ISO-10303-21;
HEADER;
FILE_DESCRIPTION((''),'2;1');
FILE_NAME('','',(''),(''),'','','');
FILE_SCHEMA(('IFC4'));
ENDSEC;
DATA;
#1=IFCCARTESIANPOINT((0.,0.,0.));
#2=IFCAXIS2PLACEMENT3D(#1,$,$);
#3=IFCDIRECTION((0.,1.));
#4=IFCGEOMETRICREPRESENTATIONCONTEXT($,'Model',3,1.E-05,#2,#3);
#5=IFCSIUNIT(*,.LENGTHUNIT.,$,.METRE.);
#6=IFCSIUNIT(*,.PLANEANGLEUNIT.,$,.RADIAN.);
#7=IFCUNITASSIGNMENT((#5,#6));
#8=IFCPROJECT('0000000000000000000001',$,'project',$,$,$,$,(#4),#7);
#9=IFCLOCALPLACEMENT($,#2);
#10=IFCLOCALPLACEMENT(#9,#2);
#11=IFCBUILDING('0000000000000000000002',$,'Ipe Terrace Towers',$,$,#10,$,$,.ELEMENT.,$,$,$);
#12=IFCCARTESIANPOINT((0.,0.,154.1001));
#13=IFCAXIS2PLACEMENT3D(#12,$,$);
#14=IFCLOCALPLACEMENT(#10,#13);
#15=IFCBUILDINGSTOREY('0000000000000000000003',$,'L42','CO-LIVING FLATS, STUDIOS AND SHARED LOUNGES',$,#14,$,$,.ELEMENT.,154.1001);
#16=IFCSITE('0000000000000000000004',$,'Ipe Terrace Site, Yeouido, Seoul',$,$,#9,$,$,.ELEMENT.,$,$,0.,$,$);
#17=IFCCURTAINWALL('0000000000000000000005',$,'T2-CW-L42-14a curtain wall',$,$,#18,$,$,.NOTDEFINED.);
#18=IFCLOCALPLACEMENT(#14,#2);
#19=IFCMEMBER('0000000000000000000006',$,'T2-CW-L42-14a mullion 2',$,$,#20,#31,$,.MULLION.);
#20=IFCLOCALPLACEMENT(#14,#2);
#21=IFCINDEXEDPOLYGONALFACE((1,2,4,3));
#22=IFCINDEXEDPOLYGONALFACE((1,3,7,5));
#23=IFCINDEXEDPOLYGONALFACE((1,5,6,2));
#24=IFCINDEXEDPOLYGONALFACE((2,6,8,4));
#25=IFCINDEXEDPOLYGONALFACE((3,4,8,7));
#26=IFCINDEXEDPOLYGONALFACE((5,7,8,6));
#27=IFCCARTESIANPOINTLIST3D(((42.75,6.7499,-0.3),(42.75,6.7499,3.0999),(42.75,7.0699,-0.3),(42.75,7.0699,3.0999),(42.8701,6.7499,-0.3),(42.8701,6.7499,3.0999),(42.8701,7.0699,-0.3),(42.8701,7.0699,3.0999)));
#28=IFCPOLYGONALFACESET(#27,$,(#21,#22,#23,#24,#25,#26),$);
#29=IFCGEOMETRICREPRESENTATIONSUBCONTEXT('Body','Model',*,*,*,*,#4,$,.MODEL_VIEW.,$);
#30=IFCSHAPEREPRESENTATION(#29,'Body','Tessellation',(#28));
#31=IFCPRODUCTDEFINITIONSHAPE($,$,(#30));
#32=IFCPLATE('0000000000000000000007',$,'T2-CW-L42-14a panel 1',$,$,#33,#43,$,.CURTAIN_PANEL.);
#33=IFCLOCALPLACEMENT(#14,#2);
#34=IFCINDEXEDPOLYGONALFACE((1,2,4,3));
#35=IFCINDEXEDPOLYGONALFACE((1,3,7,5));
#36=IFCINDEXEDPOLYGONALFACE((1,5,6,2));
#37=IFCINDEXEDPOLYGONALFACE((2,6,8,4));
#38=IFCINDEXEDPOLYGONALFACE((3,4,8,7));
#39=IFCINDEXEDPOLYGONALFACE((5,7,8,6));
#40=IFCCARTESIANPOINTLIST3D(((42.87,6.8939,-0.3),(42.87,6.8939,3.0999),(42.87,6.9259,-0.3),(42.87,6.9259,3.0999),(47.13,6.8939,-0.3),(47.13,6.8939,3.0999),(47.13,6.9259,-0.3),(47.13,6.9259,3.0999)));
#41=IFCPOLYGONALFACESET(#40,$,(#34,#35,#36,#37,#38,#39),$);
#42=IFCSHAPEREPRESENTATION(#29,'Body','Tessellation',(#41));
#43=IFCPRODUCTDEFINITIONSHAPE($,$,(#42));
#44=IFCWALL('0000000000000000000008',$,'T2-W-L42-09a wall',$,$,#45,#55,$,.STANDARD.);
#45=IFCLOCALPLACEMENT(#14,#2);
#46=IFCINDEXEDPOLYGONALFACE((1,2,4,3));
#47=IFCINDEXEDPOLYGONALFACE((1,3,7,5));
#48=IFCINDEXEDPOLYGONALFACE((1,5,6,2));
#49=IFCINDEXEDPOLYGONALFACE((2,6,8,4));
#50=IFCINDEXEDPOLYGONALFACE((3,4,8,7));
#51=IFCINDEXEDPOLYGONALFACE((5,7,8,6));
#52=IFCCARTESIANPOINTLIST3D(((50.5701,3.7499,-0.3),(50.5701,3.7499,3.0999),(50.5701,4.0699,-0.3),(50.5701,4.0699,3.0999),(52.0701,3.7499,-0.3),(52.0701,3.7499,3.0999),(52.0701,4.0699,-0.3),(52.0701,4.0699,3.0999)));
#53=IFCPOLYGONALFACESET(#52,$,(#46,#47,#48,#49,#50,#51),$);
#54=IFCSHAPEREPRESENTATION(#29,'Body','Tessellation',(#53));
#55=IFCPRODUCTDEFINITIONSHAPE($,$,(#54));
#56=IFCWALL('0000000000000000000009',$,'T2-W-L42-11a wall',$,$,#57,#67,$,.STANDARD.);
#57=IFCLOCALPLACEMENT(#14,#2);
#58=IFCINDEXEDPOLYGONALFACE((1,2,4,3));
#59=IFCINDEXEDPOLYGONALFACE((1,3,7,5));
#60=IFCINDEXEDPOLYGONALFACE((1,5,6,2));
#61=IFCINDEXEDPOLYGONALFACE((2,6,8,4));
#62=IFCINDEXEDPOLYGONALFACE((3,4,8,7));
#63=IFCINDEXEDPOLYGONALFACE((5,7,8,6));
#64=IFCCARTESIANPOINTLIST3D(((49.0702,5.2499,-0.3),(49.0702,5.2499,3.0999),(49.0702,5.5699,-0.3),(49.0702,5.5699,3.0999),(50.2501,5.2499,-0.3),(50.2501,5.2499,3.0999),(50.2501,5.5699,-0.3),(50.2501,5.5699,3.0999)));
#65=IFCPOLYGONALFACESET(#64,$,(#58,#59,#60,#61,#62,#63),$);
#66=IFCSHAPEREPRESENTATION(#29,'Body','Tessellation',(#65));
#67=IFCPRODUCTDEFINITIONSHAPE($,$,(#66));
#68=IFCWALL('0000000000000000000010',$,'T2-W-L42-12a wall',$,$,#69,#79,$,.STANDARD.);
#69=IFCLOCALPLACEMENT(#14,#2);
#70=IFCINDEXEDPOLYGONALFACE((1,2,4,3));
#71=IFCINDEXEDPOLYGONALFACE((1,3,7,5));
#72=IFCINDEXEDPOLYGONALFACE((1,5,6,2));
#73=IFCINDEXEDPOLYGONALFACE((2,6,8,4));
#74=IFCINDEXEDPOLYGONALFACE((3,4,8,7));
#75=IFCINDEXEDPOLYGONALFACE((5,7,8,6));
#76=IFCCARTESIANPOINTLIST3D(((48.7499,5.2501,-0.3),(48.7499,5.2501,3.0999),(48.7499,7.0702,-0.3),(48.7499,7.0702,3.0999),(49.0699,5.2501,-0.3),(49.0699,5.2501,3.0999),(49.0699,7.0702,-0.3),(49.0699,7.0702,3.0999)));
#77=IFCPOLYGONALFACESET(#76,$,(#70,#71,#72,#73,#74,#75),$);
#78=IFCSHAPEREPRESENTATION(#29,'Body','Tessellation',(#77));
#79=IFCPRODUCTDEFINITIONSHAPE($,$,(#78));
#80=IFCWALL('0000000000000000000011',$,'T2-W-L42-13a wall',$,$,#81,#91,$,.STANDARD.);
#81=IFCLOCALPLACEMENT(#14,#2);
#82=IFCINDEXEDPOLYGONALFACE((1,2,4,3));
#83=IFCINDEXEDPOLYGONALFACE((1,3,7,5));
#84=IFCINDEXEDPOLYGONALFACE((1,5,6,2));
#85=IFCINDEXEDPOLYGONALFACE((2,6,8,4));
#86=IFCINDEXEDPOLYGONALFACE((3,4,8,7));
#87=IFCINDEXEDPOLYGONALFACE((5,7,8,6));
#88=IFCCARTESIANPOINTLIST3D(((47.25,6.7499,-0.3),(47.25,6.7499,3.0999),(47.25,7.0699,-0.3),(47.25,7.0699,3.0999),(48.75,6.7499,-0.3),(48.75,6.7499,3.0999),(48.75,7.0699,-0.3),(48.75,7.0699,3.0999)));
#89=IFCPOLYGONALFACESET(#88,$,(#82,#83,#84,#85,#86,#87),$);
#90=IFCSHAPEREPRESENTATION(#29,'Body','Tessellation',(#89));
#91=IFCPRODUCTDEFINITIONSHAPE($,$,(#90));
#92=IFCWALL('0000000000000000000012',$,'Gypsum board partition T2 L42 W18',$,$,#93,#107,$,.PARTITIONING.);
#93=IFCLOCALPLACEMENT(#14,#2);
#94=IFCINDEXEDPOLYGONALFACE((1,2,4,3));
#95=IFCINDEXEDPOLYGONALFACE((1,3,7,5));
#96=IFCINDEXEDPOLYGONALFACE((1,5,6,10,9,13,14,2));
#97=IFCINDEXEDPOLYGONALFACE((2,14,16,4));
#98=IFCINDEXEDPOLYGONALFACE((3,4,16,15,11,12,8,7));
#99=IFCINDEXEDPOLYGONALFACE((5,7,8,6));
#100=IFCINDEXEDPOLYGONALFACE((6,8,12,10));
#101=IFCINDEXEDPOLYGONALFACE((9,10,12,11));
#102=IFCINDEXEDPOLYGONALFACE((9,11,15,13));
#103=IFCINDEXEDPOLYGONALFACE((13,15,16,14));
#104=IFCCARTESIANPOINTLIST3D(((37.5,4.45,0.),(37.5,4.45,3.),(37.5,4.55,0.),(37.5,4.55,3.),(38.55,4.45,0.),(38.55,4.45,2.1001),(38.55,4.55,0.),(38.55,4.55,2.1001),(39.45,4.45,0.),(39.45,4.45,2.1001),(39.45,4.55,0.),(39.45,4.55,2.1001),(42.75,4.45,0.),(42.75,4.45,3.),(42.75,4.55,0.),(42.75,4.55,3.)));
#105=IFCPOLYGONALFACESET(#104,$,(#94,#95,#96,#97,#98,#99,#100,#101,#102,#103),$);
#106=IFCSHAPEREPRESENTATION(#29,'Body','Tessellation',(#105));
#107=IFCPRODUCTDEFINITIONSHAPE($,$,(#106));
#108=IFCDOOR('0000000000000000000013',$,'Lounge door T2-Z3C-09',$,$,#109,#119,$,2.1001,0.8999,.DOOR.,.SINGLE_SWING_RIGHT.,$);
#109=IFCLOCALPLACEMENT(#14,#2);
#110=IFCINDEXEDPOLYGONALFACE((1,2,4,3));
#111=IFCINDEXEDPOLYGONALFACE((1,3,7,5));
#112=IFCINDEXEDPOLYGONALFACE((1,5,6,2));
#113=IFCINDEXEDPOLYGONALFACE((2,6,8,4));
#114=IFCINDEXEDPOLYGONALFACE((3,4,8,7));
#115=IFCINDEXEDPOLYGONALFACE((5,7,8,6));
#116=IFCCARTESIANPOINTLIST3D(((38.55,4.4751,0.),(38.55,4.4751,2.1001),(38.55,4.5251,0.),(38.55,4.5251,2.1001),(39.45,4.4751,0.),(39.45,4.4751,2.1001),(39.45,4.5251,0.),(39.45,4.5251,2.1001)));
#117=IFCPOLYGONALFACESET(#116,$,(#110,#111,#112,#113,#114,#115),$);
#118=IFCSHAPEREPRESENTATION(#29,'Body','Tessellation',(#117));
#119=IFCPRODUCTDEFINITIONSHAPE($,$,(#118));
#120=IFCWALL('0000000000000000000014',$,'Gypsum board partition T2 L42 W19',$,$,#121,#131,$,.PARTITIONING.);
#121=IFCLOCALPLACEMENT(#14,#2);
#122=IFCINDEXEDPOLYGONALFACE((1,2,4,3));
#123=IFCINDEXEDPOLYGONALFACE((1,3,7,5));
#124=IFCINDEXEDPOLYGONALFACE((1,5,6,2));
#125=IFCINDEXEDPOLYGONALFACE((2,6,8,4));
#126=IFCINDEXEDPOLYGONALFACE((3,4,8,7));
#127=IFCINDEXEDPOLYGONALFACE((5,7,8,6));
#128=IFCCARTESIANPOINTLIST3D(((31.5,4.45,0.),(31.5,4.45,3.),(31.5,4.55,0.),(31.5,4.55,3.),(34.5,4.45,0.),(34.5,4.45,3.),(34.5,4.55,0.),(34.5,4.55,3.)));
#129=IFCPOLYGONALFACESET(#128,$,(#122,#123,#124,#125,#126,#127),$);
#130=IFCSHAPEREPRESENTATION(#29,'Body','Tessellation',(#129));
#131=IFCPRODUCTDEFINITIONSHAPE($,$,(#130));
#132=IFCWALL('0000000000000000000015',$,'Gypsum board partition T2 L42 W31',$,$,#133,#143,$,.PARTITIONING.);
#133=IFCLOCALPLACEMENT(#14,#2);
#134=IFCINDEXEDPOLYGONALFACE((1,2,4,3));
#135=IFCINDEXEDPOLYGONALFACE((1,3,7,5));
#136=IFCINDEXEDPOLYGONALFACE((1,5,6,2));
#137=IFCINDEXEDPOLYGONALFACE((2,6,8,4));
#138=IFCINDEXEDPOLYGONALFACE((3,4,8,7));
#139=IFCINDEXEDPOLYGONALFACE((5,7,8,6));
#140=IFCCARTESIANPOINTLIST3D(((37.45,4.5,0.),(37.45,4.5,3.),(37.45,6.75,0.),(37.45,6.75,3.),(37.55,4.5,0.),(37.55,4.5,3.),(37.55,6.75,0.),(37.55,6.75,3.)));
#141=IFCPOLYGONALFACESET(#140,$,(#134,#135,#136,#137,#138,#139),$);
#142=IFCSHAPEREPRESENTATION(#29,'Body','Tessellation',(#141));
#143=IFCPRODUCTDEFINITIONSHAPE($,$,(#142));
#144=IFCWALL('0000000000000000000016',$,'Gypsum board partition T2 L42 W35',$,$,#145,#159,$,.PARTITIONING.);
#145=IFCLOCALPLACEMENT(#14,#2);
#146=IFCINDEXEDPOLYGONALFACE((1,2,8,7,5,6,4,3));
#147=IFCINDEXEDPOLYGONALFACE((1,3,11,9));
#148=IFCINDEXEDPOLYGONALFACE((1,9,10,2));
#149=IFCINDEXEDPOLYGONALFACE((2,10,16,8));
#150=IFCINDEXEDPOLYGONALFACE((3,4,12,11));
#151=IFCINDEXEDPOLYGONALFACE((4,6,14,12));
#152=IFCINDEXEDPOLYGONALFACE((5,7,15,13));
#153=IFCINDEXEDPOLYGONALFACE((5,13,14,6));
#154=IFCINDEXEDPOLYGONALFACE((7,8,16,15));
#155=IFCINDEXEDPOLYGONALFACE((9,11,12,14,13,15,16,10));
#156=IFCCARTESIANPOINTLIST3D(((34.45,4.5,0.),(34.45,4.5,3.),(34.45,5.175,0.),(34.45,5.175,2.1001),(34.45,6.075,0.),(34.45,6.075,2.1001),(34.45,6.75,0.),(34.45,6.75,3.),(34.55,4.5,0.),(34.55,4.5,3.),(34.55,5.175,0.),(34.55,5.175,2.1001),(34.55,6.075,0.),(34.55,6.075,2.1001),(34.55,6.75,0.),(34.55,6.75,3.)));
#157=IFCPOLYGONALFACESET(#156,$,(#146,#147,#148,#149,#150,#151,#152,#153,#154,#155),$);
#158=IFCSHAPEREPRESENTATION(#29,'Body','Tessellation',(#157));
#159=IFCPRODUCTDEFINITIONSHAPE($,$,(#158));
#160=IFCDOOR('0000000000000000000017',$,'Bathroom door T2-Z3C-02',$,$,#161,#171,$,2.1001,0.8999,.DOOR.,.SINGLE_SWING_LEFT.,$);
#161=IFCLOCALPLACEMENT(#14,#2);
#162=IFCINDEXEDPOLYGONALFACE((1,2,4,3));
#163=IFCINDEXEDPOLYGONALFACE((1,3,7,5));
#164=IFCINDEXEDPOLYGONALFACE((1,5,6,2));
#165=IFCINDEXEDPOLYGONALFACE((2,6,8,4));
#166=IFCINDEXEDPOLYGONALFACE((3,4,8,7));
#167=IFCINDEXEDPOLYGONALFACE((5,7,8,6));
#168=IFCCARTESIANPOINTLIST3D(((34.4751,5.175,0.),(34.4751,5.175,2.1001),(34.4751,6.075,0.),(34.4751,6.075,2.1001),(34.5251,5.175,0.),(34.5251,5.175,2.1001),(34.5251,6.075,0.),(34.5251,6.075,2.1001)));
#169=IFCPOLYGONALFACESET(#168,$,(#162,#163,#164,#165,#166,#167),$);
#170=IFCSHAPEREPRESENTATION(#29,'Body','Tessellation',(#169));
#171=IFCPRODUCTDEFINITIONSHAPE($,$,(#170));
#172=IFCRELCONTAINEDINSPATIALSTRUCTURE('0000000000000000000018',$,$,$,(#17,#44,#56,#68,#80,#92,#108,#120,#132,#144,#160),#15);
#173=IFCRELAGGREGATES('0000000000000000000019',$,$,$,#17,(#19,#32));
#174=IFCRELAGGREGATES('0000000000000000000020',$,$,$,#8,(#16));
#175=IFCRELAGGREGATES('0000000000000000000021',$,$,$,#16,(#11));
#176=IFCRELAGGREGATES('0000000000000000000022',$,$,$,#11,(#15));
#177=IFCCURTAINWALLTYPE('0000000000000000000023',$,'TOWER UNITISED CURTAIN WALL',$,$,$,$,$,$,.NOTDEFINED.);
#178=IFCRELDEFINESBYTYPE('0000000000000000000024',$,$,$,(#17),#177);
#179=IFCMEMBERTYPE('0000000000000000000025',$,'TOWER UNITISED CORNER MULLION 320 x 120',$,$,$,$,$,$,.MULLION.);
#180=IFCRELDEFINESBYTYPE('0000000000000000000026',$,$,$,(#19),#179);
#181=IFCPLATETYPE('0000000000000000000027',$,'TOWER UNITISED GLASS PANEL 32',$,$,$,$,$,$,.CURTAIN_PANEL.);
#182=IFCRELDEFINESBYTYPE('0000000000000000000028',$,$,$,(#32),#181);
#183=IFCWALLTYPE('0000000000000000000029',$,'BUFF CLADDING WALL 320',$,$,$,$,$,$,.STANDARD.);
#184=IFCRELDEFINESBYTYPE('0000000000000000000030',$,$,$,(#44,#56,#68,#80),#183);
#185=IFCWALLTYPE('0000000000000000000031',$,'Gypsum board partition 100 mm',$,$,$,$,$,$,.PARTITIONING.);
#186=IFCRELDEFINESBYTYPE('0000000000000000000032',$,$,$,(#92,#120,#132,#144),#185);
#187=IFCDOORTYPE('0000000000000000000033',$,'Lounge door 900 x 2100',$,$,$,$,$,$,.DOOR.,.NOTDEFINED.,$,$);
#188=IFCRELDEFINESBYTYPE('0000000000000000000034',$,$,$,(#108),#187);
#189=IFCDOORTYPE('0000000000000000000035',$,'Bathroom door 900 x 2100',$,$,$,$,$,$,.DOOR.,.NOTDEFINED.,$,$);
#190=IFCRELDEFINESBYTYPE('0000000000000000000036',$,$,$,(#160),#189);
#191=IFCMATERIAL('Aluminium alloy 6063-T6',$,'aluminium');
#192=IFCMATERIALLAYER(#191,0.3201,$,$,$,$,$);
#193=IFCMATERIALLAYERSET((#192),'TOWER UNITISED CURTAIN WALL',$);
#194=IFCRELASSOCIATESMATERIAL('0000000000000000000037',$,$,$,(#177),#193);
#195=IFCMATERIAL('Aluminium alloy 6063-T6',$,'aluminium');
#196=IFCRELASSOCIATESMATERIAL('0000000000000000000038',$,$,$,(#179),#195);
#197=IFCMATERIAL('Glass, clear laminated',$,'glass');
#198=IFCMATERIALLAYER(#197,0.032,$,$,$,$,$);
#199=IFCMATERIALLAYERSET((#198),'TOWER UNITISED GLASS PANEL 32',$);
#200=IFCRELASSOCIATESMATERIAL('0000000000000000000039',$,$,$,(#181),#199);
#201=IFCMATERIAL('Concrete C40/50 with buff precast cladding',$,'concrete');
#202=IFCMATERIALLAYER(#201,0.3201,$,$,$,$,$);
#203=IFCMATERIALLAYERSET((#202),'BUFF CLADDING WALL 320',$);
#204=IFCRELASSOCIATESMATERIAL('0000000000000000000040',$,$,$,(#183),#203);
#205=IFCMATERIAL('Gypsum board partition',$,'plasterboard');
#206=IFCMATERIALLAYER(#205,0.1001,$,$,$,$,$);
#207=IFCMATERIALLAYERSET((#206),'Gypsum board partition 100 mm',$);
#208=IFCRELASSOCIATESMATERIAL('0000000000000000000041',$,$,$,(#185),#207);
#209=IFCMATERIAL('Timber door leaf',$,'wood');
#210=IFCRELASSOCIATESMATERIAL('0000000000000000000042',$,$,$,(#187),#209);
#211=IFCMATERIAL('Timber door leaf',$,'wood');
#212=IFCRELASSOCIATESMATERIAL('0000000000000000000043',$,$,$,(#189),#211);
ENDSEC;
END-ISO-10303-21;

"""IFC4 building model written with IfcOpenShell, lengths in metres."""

from ifc_helpers import new_model, si_unit, direction, frame, frame_2d, origin, origin_2d, place, context, subcontext, project, spatial, rectangle, extrude, material, layer, layer_set, material_profile, profile_set, type_object, element, fill, aggregate, save


model = new_model("IFC4")

# Units and contexts
model_context = context("Model", 3, precision=1e-05, world=origin(), true_north=direction((0.0, 1.0)))
body_context = subcontext(model_context, "Body", "Model", "MODEL_VIEW")
ifc_project = project(units=[si_unit("LENGTHUNIT", "METRE"), si_unit("PLANEANGLEUNIT", "RADIAN")], contexts=[model_context])

# Site, building, storey
site_placement = place(None, origin())
site = spatial("IfcSite", under=ifc_project, at=site_placement, Name="Ipe Terrace Site, Yeouido, Seoul", CompositionType="ELEMENT", RefElevation=0.0)
building_placement = place(site_placement, origin())
building = spatial("IfcBuilding", under=site, at=building_placement, Name="Ipe Terrace Towers", CompositionType="ELEMENT")
storey_placement = place(building_placement, frame((0.0, 0.0, 154.1001)))
storey = spatial("IfcBuildingStorey", under=building, at=storey_placement, Name="L42", Description="CO-LIVING FLATS, STUDIOS AND SHARED LOUNGES", CompositionType="ELEMENT", Elevation=154.1001)

# Curtain wall, member, plate
ifc_material_1 = material(Name="Aluminium alloy 6063-T6", Category="aluminium")
ifc_layer_1 = layer(ifc_material_1, 0.3201)
ifc_layer_set_1 = layer_set([ifc_layer_1], Name="TOWER UNITISED CURTAIN WALL")
curtain_wall_type = type_object("IfcCurtainWallType", Name="TOWER UNITISED CURTAIN WALL", PredefinedType="NOTDEFINED", material=ifc_layer_set_1)
curtain_wall_placement = place(storey_placement, origin())
curtain_wall = element("IfcCurtainWall", 1, at=curtain_wall_placement, inside=storey, type_object=curtain_wall_type, Name="T2-CW-L42-14a curtain wall", PredefinedType="NOTDEFINED")
ifc_material_2 = material(Name="Aluminium alloy 6063-T6", Category="aluminium")
ifc_material_profile_1 = material_profile(ifc_material_2, rectangle(XDim=0.3201, YDim=0.1201, at=origin_2d()), Name="TOWER UNITISED CORNER MULLION 320 x 120")
ifc_profile_set_1 = profile_set([ifc_material_profile_1], Name="Aluminium alloy 6063-T6")
member_type = type_object("IfcMemberType", Name="TOWER UNITISED CORNER MULLION 320 x 120", PredefinedType="MULLION", material=ifc_profile_set_1)
member_1_placement = place(storey_placement, frame((42.8101, 6.9099, -0.3), z_axis=(0.0, 0.0, 1.0), x_axis=(0.0, 1.0, 0.0)))
member_1 = element("IfcMember", 2, at=member_1_placement, type_object=member_type, Name="T2-CW-L42-14a mullion 2", PredefinedType="MULLION", context=body_context, shape_type="SweptSolid", body=[
    extrude(rectangle(XDim=0.3201, YDim=0.1201, at=origin_2d()), origin(), (0.0, 0.0, 1.0), 3.3999),
])
ifc_material_3 = material(Name="Glass, clear laminated", Category="glass")
ifc_layer_2 = layer(ifc_material_3, 0.032)
ifc_layer_set_2 = layer_set([ifc_layer_2], Name="TOWER UNITISED GLASS PANEL 32")
plate_type = type_object("IfcPlateType", Name="TOWER UNITISED GLASS PANEL 32", PredefinedType="CURTAIN_PANEL", material=ifc_layer_set_2)
plate_placement = place(storey_placement, frame((45.0, 6.9099, -0.3), z_axis=(0.0, 0.0, 1.0), x_axis=(-1.0, 0.0, 0.0)))
plate = element("IfcPlate", 3, at=plate_placement, type_object=plate_type, Name="T2-CW-L42-14a panel 1", PredefinedType="CURTAIN_PANEL", context=body_context, shape_type="SweptSolid", body=[
    extrude(rectangle(XDim=4.26, YDim=0.032, at=origin_2d()), origin(), (0.0, 0.0, 1.0), 3.3999),
])
aggregate(curtain_wall, [member_1, plate])

# Walls
ifc_material_4 = material(Name="Concrete C40/50 with buff precast cladding", Category="concrete")
ifc_layer_3 = layer(ifc_material_4, 0.3201)
ifc_layer_set_3 = layer_set([ifc_layer_3], Name="BUFF CLADDING WALL 320")
wall_type_1 = type_object("IfcWallType", Name="BUFF CLADDING WALL 320", PredefinedType="STANDARD", material=ifc_layer_set_3)
wall_1_placement = place(storey_placement, frame((52.0701, 3.9099, -0.3), z_axis=(0.0, 0.0, 1.0), x_axis=(-1.0, 0.0, 0.0)))
element("IfcWall", 4, at=wall_1_placement, inside=storey, type_object=wall_type_1, Name="T2-W-L42-09a wall", PredefinedType="STANDARD", context=body_context, shape_type="SweptSolid", body=[
    extrude(rectangle(XDim=1.5, YDim=0.3201, at=frame_2d((0.75, 0.0))), origin(), (0.0, 0.0, 1.0), 3.3999),
])
wall_2_placement = place(storey_placement, frame((50.25, 5.4099, -0.3), z_axis=(0.0, 0.0, 1.0), x_axis=(-1.0, 0.0, 0.0)))
element("IfcWall", 5, at=wall_2_placement, inside=storey, type_object=wall_type_1, Name="T2-W-L42-11a wall", PredefinedType="STANDARD", context=body_context, shape_type="SweptSolid", body=[
    extrude(rectangle(XDim=1.1799, YDim=0.3201, at=frame_2d((0.5898, 0.0))), origin(), (0.0, 0.0, 1.0), 3.3999),
])
wall_3_placement = place(storey_placement, frame((48.9099, 5.25, -0.3), z_axis=(0.0, 0.0, 1.0), x_axis=(0.0, 1.0, 0.0)))
element("IfcWall", 6, at=wall_3_placement, inside=storey, type_object=wall_type_1, Name="T2-W-L42-12a wall", PredefinedType="STANDARD", context=body_context, shape_type="SweptSolid", body=[
    extrude(rectangle(XDim=1.8201, YDim=0.3201, at=frame_2d((0.9102, 0.0))), origin(), (0.0, 0.0, 1.0), 3.3999),
])
wall_4_placement = place(storey_placement, frame((48.75, 6.9099, -0.3), z_axis=(0.0, 0.0, 1.0), x_axis=(-1.0, 0.0, 0.0)))
element("IfcWall", 7, at=wall_4_placement, inside=storey, type_object=wall_type_1, Name="T2-W-L42-13a wall", PredefinedType="STANDARD", context=body_context, shape_type="SweptSolid", body=[
    extrude(rectangle(XDim=1.5, YDim=0.3201, at=frame_2d((0.75, 0.0))), origin(), (0.0, 0.0, 1.0), 3.3999),
])

# Wall, opening, door
ifc_material_5 = material(Name="Gypsum board partition", Category="plasterboard")
ifc_layer_4 = layer(ifc_material_5, 0.1001)
ifc_layer_set_4 = layer_set([ifc_layer_4], Name="Gypsum board partition 100 mm")
wall_type_2 = type_object("IfcWallType", Name="Gypsum board partition 100 mm", PredefinedType="PARTITIONING", material=ifc_layer_set_4)
wall_5_placement = place(storey_placement, frame((42.75, 4.5, 0.0), z_axis=(0.0, 0.0, 1.0), x_axis=(-1.0, 0.0, 0.0)))
wall_5 = element("IfcWall", 8, at=wall_5_placement, inside=storey, type_object=wall_type_2, Name="Gypsum board partition T2 L42 W18", PredefinedType="PARTITIONING", context=body_context, shape_type="SweptSolid", body=[
    extrude(rectangle(XDim=5.25, YDim=0.1001, at=frame_2d((2.625, 0.0))), origin(), (0.0, 0.0, 1.0), 3.0),
])
opening_1_placement = place(wall_5_placement, frame((3.3, 0.0, 0.0)))
opening_1 = element("IfcOpeningElement", 9, at=opening_1_placement, cuts=wall_5, PredefinedType="OPENING", context=body_context, shape_type="SweptSolid", body=[
    extrude(rectangle(XDim=0.8999, YDim=2.1001, at=frame_2d((0.45, 1.05))), frame((0.0, 0.0601, 0.0), z_axis=(0.0, -1.0, 0.0), x_axis=(1.0, 0.0, 0.0)), (0.0, 0.0, 1.0), 0.1201),
])
ifc_material_6 = material(Name="Timber door leaf", Category="wood")
door_type_1 = type_object("IfcDoorType", Name="Lounge door 900 x 2100", OperationType="NOTDEFINED", PredefinedType="DOOR", material=ifc_material_6)
door_1_placement = place(opening_1_placement, origin())
door_1 = element("IfcDoor", 10, at=door_1_placement, inside=storey, type_object=door_type_1, Name="Lounge door T2-Z3C-09", OperationType="SINGLE_SWING_RIGHT", OverallHeight=2.1001, OverallWidth=0.8999, PredefinedType="DOOR", context=body_context, shape_type="SweptSolid", body=[
    extrude(rectangle(XDim=0.8999, YDim=2.1001, at=frame_2d((0.45, 1.05))), frame((0.0, 0.0249, 0.0), z_axis=(0.0, -1.0, 0.0), x_axis=(1.0, 0.0, 0.0)), (0.0, 0.0, 1.0), 0.05),
])
fill(opening_1, door_1)

# Walls
wall_6_placement = place(storey_placement, frame((34.5, 4.5, 0.0), z_axis=(0.0, 0.0, 1.0), x_axis=(-1.0, 0.0, 0.0)))
element("IfcWall", 11, at=wall_6_placement, inside=storey, type_object=wall_type_2, Name="Gypsum board partition T2 L42 W19", PredefinedType="PARTITIONING", context=body_context, shape_type="SweptSolid", body=[
    extrude(rectangle(XDim=3.0, YDim=0.1001, at=frame_2d((1.5, 0.0))), origin(), (0.0, 0.0, 1.0), 3.0),
])
wall_7_placement = place(storey_placement, frame((37.5, 4.5, 0.0), z_axis=(0.0, 0.0, 1.0), x_axis=(0.0, 1.0, 0.0)))
element("IfcWall", 12, at=wall_7_placement, inside=storey, type_object=wall_type_2, Name="Gypsum board partition T2 L42 W31", PredefinedType="PARTITIONING", context=body_context, shape_type="SweptSolid", body=[
    extrude(rectangle(XDim=2.25, YDim=0.1001, at=frame_2d((1.125, 0.0))), origin(), (0.0, 0.0, 1.0), 3.0),
])

# Wall, opening, door
wall_8_placement = place(storey_placement, frame((34.5, 4.5, 0.0), z_axis=(0.0, 0.0, 1.0), x_axis=(0.0, 1.0, 0.0)))
wall_8 = element("IfcWall", 13, at=wall_8_placement, inside=storey, type_object=wall_type_2, Name="Gypsum board partition T2 L42 W35", PredefinedType="PARTITIONING", context=body_context, shape_type="SweptSolid", body=[
    extrude(rectangle(XDim=2.25, YDim=0.1001, at=frame_2d((1.125, 0.0))), origin(), (0.0, 0.0, 1.0), 3.0),
])
opening_2_placement = place(wall_8_placement, frame((0.675, 0.0, 0.0)))
opening_2 = element("IfcOpeningElement", 14, at=opening_2_placement, cuts=wall_8, PredefinedType="OPENING", context=body_context, shape_type="SweptSolid", body=[
    extrude(rectangle(XDim=0.8999, YDim=2.1001, at=frame_2d((0.45, 1.05))), frame((0.0, 0.0601, 0.0), z_axis=(0.0, -1.0, 0.0), x_axis=(1.0, 0.0, 0.0)), (0.0, 0.0, 1.0), 0.1201),
])
ifc_material_7 = material(Name="Timber door leaf", Category="wood")
door_type_2 = type_object("IfcDoorType", Name="Bathroom door 900 x 2100", OperationType="NOTDEFINED", PredefinedType="DOOR", material=ifc_material_7)
door_2_placement = place(opening_2_placement, origin())
door_2 = element("IfcDoor", 15, at=door_2_placement, inside=storey, type_object=door_type_2, Name="Bathroom door T2-Z3C-02", OperationType="SINGLE_SWING_LEFT", OverallHeight=2.1001, OverallWidth=0.8999, PredefinedType="DOOR", context=body_context, shape_type="SweptSolid", body=[
    extrude(rectangle(XDim=0.8999, YDim=2.1001, at=frame_2d((0.45, 1.05))), frame((0.0, 0.0249, 0.0), z_axis=(0.0, -1.0, 0.0), x_axis=(1.0, 0.0, 0.0)), (0.0, 0.0, 1.0), 0.05),
])
fill(opening_2, door_2)

save(model, "model.ifc")
